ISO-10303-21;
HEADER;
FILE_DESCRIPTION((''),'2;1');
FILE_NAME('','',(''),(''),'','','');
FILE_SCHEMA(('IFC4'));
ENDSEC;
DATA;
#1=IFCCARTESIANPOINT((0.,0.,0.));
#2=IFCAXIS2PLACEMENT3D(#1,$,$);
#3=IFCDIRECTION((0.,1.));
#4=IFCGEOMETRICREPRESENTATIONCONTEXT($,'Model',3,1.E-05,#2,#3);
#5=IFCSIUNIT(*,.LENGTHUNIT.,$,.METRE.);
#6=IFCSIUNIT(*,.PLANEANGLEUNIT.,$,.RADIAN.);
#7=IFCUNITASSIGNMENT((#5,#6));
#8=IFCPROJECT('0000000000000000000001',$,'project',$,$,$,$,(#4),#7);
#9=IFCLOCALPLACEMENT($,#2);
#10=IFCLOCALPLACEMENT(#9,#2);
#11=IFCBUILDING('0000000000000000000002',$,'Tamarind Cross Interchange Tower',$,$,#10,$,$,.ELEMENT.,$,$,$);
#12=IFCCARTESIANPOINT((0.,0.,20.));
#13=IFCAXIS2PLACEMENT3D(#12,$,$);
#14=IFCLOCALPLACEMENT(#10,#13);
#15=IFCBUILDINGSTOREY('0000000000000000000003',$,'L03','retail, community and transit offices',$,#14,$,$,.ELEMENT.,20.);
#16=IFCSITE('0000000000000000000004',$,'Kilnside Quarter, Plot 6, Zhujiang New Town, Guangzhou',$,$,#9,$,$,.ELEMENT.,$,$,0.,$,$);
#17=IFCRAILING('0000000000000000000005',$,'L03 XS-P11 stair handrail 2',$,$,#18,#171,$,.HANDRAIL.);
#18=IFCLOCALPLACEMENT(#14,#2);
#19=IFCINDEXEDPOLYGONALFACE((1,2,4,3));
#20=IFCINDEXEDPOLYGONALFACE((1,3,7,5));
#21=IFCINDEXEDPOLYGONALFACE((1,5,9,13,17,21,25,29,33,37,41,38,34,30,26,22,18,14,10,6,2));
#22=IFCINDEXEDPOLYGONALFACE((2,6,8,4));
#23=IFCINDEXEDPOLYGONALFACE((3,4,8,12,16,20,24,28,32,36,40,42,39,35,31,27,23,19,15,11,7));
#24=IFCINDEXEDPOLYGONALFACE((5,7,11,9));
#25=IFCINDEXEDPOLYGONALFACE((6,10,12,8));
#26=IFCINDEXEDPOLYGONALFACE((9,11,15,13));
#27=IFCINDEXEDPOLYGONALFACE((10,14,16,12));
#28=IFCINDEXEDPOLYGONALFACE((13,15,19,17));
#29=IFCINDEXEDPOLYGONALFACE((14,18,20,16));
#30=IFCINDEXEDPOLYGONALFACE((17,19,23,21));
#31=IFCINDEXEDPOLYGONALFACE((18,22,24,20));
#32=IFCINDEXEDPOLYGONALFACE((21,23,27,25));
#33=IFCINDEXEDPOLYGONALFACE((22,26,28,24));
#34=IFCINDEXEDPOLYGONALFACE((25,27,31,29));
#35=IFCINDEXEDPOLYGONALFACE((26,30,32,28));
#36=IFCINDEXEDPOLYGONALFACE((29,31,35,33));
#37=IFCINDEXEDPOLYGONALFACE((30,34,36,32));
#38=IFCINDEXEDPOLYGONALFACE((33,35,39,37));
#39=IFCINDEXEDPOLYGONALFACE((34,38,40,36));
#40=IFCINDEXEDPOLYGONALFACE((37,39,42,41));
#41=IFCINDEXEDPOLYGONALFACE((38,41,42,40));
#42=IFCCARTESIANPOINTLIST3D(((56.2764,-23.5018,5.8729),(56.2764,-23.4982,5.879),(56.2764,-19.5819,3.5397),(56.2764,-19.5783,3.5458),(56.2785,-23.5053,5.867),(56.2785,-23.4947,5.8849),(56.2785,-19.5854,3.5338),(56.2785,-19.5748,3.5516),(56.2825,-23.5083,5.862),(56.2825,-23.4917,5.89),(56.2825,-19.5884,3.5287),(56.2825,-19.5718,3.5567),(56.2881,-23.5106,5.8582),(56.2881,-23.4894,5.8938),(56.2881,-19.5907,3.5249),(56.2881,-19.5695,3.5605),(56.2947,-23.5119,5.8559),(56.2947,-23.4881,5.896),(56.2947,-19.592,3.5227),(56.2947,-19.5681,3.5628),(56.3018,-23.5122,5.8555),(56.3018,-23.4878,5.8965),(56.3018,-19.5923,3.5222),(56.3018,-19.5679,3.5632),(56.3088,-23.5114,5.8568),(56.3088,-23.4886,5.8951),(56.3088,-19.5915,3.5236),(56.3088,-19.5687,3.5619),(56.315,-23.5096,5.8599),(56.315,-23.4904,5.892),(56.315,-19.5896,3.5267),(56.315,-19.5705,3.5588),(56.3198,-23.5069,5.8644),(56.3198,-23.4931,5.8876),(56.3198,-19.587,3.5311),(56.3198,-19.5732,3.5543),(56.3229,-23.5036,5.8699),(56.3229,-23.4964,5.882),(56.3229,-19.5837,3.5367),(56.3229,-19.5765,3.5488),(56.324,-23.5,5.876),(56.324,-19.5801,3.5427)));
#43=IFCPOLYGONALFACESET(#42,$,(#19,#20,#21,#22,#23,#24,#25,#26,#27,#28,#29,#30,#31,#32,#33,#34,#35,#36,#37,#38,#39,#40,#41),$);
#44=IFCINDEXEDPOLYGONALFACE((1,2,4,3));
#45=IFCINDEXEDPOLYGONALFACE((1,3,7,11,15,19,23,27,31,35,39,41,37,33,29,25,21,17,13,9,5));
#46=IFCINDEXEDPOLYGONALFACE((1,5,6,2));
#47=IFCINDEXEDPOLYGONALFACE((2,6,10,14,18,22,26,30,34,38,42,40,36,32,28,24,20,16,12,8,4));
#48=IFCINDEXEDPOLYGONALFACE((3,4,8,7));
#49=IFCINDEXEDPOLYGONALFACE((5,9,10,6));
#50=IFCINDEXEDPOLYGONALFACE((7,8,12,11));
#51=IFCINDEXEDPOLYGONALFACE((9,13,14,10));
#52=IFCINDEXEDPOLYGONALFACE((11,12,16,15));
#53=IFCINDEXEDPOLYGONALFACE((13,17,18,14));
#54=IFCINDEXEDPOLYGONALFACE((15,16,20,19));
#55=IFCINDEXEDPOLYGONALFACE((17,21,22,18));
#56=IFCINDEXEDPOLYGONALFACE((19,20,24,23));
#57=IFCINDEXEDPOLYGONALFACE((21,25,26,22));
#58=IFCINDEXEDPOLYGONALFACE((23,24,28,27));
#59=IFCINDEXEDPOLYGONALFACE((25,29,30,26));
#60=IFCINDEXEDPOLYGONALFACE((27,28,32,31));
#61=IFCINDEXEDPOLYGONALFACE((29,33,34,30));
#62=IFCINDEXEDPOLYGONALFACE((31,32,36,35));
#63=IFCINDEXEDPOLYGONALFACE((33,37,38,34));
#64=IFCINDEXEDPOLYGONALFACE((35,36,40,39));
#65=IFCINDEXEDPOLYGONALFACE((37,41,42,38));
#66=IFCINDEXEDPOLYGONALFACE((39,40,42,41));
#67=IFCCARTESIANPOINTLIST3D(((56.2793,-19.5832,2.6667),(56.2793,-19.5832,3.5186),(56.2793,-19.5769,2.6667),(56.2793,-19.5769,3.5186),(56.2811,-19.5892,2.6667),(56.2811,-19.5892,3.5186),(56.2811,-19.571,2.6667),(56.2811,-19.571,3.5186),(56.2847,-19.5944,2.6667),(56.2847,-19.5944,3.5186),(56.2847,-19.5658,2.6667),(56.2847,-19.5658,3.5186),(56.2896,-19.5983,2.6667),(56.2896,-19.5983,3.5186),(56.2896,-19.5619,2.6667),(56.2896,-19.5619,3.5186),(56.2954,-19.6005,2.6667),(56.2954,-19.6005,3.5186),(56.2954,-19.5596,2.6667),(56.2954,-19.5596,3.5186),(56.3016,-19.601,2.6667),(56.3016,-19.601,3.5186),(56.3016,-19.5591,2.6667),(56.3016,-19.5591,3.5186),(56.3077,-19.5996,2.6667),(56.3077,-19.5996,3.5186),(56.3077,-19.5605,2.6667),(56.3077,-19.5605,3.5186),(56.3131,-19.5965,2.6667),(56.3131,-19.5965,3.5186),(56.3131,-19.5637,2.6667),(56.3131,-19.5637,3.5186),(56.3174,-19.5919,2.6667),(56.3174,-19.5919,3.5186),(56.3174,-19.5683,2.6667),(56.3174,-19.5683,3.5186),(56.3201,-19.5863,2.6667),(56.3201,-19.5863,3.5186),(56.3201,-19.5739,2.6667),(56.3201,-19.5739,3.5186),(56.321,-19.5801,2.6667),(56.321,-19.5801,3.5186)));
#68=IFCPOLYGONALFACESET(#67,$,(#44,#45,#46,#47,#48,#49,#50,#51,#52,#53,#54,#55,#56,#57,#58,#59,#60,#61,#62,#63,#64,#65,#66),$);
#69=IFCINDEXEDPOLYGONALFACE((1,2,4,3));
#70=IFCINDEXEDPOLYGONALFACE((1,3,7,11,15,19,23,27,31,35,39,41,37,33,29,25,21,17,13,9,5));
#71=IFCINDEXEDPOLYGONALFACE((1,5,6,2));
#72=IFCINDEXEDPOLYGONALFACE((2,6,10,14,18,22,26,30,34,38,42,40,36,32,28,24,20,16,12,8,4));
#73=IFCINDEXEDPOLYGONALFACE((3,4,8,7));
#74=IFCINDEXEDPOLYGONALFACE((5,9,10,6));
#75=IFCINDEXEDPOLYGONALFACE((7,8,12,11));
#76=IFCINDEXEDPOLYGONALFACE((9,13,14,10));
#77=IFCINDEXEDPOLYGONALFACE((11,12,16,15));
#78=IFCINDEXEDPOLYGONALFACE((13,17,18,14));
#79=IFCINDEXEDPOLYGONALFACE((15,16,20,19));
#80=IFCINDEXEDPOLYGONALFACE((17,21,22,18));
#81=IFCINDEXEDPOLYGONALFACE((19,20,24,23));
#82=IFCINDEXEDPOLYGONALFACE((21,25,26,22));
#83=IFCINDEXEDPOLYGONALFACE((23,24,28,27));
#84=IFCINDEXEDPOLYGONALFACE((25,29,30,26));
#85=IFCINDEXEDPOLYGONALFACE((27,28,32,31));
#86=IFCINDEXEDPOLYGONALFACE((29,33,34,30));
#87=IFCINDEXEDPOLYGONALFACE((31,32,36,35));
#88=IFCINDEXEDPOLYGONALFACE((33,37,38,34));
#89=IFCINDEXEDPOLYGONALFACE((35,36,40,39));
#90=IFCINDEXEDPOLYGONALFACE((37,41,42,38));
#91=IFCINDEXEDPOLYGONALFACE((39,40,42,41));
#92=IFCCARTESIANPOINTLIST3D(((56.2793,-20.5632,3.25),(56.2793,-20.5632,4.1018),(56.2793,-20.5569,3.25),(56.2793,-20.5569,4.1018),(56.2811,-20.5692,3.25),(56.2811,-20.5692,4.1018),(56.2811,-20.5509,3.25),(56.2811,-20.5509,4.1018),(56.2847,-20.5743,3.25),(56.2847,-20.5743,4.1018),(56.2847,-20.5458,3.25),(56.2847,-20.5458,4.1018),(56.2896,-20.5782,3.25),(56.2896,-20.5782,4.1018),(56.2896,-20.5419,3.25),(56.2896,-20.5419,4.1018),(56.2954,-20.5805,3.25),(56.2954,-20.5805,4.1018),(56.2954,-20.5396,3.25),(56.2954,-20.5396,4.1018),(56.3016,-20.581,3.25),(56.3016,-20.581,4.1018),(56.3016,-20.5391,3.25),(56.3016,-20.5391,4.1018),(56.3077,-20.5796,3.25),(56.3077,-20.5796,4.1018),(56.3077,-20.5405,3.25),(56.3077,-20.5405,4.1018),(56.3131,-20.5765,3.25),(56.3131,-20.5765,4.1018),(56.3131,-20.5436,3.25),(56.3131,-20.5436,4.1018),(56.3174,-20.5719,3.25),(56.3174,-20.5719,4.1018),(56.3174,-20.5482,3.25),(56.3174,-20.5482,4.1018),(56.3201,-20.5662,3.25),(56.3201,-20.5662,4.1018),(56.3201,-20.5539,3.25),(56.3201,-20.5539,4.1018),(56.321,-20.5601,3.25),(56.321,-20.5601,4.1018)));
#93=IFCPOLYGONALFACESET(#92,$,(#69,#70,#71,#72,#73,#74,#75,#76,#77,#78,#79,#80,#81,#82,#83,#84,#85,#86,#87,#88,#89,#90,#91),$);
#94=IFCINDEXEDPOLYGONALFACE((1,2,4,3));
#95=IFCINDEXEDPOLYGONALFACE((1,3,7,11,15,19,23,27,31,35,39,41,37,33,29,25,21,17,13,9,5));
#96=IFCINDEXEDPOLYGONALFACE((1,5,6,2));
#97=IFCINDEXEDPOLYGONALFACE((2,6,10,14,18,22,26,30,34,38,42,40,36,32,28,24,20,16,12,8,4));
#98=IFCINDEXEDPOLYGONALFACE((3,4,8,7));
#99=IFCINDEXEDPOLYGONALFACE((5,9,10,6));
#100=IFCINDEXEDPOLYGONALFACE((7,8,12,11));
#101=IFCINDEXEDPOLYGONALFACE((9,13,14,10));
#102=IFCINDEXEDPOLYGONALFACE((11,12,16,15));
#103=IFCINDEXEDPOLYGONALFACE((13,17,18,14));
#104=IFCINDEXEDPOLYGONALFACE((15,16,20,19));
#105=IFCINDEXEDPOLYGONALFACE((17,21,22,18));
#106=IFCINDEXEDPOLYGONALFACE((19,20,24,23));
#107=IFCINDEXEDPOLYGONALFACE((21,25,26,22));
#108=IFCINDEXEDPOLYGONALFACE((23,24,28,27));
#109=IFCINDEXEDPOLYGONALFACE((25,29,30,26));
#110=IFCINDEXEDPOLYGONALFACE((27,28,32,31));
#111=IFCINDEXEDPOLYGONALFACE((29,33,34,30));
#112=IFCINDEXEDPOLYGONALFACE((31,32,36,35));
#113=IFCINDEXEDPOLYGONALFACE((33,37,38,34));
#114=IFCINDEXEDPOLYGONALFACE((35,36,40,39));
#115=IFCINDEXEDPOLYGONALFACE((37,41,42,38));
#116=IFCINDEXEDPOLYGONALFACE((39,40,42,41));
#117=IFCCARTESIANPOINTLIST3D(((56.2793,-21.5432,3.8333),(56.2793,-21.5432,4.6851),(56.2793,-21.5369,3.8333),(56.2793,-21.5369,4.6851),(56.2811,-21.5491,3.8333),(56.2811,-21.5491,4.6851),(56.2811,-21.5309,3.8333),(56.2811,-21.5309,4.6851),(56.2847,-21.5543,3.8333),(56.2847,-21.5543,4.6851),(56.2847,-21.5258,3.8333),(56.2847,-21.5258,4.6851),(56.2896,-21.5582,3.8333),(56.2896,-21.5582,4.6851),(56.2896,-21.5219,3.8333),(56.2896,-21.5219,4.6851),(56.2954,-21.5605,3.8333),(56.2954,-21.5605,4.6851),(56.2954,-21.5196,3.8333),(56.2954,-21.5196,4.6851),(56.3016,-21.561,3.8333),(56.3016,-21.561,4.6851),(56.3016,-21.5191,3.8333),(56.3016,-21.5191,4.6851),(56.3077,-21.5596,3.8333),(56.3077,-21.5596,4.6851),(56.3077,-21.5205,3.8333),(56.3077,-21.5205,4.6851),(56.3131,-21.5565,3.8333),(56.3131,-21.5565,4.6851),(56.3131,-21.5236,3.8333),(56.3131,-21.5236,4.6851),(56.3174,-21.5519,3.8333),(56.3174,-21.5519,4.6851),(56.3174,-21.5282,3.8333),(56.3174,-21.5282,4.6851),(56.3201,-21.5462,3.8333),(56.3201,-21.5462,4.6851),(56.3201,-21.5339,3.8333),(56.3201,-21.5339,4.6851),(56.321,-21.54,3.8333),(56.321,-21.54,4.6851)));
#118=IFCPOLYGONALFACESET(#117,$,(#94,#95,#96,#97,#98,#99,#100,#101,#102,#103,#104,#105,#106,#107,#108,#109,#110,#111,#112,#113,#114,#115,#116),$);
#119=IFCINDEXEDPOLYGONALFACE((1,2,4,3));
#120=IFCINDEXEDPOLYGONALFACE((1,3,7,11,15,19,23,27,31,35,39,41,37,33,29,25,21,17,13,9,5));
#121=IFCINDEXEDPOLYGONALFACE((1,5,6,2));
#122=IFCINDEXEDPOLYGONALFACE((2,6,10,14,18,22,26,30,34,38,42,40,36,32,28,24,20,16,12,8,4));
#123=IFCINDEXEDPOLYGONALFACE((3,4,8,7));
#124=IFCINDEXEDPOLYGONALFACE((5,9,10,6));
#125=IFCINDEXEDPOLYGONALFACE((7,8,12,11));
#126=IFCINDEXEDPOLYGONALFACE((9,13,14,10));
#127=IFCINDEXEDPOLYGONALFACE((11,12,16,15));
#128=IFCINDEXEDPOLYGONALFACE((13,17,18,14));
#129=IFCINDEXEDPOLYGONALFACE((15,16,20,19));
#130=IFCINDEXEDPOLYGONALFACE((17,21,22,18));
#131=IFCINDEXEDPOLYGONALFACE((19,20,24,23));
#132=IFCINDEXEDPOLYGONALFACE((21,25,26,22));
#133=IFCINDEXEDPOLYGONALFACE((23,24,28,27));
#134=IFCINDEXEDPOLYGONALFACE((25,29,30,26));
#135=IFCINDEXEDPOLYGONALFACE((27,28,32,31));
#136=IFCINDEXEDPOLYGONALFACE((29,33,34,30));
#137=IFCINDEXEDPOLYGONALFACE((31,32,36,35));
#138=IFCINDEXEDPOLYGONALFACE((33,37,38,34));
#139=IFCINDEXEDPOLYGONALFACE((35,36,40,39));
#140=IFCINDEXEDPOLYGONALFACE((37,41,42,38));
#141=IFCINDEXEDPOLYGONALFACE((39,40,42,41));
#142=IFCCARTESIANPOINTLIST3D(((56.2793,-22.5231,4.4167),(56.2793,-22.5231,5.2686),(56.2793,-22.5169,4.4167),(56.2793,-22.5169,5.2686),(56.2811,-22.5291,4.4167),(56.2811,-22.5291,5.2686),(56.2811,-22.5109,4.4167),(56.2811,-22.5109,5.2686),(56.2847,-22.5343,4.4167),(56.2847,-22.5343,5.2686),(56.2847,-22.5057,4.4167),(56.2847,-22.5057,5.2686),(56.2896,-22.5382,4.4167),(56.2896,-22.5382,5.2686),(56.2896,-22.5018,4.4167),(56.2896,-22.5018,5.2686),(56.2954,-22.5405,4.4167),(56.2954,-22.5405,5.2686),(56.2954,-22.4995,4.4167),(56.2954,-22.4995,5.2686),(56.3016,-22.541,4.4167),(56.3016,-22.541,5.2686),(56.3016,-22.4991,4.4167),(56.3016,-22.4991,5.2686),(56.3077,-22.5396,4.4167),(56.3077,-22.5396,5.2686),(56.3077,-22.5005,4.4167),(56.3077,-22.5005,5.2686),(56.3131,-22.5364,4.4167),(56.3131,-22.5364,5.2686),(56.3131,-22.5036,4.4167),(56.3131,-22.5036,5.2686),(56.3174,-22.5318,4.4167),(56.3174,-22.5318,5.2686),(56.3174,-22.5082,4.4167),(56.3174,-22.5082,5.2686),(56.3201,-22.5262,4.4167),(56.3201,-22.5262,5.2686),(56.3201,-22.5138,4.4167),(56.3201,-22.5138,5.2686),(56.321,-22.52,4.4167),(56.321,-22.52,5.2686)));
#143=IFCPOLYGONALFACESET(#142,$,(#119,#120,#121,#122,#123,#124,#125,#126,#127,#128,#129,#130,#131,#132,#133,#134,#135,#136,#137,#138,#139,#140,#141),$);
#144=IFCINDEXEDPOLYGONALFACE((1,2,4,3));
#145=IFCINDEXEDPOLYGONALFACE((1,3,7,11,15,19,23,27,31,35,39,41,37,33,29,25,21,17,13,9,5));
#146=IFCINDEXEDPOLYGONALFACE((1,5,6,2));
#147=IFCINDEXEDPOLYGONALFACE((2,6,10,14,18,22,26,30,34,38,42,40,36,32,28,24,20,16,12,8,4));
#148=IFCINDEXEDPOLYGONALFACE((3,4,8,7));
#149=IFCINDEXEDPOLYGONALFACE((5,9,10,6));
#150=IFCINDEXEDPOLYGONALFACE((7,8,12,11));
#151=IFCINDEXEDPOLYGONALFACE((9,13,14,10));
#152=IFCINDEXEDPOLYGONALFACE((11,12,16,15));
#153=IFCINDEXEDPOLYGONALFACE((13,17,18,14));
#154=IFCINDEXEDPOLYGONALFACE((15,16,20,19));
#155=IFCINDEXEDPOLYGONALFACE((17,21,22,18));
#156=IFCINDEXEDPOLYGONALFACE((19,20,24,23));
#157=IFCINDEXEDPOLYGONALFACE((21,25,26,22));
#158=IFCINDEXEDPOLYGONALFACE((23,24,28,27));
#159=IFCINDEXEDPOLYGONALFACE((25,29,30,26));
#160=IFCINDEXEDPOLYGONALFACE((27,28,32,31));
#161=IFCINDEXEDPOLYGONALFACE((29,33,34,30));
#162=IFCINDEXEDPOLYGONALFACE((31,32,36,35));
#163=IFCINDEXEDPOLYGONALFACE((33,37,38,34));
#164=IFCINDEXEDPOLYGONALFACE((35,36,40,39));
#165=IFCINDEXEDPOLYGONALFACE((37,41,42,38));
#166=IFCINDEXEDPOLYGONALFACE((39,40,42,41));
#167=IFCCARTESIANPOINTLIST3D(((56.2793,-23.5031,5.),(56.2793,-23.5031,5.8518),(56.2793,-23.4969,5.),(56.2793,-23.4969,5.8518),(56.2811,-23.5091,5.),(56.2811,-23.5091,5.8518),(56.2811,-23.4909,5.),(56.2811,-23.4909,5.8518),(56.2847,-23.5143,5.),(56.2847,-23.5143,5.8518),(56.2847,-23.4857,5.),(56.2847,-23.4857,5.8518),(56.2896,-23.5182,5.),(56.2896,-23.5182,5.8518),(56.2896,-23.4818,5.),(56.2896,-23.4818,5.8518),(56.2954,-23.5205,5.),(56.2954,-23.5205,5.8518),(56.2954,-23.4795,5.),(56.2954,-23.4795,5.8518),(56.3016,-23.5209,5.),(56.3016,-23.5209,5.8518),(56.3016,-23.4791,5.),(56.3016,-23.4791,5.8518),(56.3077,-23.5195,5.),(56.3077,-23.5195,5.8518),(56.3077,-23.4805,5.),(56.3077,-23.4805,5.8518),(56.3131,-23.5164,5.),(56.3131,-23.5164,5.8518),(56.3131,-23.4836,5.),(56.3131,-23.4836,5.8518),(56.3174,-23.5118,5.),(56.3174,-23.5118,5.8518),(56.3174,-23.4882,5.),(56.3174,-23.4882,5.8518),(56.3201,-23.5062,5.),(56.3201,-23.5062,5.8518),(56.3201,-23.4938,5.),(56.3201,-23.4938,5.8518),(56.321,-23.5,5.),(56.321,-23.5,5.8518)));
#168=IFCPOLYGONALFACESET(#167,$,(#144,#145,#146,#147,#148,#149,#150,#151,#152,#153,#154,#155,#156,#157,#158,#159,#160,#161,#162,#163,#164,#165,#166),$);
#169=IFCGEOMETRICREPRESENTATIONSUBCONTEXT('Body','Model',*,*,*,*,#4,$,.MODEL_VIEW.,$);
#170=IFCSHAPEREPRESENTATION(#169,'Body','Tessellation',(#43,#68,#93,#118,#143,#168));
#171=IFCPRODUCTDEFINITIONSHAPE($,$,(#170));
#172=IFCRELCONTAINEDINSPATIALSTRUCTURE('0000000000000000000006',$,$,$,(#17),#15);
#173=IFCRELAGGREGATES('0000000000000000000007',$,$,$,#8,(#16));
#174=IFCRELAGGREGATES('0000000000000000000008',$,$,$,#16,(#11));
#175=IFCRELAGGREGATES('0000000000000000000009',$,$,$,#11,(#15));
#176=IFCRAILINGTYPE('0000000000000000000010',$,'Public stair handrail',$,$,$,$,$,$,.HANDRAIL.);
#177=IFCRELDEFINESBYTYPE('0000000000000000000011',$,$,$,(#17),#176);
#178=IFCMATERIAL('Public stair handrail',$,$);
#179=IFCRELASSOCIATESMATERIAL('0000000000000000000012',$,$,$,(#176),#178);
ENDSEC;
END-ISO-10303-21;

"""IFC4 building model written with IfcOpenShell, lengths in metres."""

from ifc_helpers import new_model, si_unit, direction, frame, origin, origin_2d, place, context, subcontext, project, spatial, circle, extrude, material, type_object, element, save


model = new_model("IFC4")

# Units and contexts
model_context = context("Model", 3, precision=1e-05, world=origin(), true_north=direction((0.0, 1.0)))
body_context = subcontext(model_context, "Body", "Model", "MODEL_VIEW")
ifc_project = project(units=[si_unit("LENGTHUNIT", "METRE"), si_unit("PLANEANGLEUNIT", "RADIAN")], contexts=[model_context])

# Site, building, storey
site_placement = place(None, origin())
site = spatial("IfcSite", under=ifc_project, at=site_placement, Name="Kilnside Quarter, Plot 6, Zhujiang New Town, Guangzhou", CompositionType="ELEMENT", RefElevation=0.0)
building_placement = place(site_placement, origin())
building = spatial("IfcBuilding", under=site, at=building_placement, Name="Tamarind Cross Interchange Tower", CompositionType="ELEMENT")
storey_placement = place(building_placement, frame((0.0, 0.0, 20.0)))
storey = spatial("IfcBuildingStorey", under=building, at=storey_placement, Name="L03", Description="retail, community and transit offices", CompositionType="ELEMENT", Elevation=20.0)

# Railing
ifc_material_1 = material(Name="Public stair handrail")
railing_type_1 = type_object("IfcRailingType", Name="Public stair handrail", PredefinedType="HANDRAIL", material=ifc_material_1)
railing_1_placement = place(storey_placement, frame((56.3, -19.5801, 2.6667)))
element("IfcRailing", 1, at=railing_1_placement, inside=storey, type_object=railing_type_1, Name="L03 XS-P11 stair handrail 2", PredefinedType="HANDRAIL", context=body_context, shape_type="SweptSolid", body=[
    extrude(circle(Radius=0.0239, at=origin_2d()), frame((0.0, 0.0, 0.876), z_axis=(0.0, -0.859296, 0.511478), x_axis=(1.0, 0.0, 0.0)), (0.0, 0.0, 1.0), 4.5618),
    extrude(circle(Radius=0.021, at=origin_2d()), origin(), (0.0, 0.0, 1.0), 0.8518),
    extrude(circle(Radius=0.021, at=origin_2d()), frame((0.0, -0.98, 0.5833)), (0.0, 0.0, 1.0), 0.8518),
    extrude(circle(Radius=0.021, at=origin_2d()), frame((0.0, -1.96, 1.1665)), (0.0, 0.0, 1.0), 0.8518),
    extrude(circle(Radius=0.021, at=origin_2d()), frame((0.0, -2.9399, 1.75)), (0.0, 0.0, 1.0), 0.8518),
    extrude(circle(Radius=0.021, at=origin_2d()), frame((0.0, -3.9199, 2.3333)), (0.0, 0.0, 1.0), 0.8518),
])

save(model, "model.ifc")
